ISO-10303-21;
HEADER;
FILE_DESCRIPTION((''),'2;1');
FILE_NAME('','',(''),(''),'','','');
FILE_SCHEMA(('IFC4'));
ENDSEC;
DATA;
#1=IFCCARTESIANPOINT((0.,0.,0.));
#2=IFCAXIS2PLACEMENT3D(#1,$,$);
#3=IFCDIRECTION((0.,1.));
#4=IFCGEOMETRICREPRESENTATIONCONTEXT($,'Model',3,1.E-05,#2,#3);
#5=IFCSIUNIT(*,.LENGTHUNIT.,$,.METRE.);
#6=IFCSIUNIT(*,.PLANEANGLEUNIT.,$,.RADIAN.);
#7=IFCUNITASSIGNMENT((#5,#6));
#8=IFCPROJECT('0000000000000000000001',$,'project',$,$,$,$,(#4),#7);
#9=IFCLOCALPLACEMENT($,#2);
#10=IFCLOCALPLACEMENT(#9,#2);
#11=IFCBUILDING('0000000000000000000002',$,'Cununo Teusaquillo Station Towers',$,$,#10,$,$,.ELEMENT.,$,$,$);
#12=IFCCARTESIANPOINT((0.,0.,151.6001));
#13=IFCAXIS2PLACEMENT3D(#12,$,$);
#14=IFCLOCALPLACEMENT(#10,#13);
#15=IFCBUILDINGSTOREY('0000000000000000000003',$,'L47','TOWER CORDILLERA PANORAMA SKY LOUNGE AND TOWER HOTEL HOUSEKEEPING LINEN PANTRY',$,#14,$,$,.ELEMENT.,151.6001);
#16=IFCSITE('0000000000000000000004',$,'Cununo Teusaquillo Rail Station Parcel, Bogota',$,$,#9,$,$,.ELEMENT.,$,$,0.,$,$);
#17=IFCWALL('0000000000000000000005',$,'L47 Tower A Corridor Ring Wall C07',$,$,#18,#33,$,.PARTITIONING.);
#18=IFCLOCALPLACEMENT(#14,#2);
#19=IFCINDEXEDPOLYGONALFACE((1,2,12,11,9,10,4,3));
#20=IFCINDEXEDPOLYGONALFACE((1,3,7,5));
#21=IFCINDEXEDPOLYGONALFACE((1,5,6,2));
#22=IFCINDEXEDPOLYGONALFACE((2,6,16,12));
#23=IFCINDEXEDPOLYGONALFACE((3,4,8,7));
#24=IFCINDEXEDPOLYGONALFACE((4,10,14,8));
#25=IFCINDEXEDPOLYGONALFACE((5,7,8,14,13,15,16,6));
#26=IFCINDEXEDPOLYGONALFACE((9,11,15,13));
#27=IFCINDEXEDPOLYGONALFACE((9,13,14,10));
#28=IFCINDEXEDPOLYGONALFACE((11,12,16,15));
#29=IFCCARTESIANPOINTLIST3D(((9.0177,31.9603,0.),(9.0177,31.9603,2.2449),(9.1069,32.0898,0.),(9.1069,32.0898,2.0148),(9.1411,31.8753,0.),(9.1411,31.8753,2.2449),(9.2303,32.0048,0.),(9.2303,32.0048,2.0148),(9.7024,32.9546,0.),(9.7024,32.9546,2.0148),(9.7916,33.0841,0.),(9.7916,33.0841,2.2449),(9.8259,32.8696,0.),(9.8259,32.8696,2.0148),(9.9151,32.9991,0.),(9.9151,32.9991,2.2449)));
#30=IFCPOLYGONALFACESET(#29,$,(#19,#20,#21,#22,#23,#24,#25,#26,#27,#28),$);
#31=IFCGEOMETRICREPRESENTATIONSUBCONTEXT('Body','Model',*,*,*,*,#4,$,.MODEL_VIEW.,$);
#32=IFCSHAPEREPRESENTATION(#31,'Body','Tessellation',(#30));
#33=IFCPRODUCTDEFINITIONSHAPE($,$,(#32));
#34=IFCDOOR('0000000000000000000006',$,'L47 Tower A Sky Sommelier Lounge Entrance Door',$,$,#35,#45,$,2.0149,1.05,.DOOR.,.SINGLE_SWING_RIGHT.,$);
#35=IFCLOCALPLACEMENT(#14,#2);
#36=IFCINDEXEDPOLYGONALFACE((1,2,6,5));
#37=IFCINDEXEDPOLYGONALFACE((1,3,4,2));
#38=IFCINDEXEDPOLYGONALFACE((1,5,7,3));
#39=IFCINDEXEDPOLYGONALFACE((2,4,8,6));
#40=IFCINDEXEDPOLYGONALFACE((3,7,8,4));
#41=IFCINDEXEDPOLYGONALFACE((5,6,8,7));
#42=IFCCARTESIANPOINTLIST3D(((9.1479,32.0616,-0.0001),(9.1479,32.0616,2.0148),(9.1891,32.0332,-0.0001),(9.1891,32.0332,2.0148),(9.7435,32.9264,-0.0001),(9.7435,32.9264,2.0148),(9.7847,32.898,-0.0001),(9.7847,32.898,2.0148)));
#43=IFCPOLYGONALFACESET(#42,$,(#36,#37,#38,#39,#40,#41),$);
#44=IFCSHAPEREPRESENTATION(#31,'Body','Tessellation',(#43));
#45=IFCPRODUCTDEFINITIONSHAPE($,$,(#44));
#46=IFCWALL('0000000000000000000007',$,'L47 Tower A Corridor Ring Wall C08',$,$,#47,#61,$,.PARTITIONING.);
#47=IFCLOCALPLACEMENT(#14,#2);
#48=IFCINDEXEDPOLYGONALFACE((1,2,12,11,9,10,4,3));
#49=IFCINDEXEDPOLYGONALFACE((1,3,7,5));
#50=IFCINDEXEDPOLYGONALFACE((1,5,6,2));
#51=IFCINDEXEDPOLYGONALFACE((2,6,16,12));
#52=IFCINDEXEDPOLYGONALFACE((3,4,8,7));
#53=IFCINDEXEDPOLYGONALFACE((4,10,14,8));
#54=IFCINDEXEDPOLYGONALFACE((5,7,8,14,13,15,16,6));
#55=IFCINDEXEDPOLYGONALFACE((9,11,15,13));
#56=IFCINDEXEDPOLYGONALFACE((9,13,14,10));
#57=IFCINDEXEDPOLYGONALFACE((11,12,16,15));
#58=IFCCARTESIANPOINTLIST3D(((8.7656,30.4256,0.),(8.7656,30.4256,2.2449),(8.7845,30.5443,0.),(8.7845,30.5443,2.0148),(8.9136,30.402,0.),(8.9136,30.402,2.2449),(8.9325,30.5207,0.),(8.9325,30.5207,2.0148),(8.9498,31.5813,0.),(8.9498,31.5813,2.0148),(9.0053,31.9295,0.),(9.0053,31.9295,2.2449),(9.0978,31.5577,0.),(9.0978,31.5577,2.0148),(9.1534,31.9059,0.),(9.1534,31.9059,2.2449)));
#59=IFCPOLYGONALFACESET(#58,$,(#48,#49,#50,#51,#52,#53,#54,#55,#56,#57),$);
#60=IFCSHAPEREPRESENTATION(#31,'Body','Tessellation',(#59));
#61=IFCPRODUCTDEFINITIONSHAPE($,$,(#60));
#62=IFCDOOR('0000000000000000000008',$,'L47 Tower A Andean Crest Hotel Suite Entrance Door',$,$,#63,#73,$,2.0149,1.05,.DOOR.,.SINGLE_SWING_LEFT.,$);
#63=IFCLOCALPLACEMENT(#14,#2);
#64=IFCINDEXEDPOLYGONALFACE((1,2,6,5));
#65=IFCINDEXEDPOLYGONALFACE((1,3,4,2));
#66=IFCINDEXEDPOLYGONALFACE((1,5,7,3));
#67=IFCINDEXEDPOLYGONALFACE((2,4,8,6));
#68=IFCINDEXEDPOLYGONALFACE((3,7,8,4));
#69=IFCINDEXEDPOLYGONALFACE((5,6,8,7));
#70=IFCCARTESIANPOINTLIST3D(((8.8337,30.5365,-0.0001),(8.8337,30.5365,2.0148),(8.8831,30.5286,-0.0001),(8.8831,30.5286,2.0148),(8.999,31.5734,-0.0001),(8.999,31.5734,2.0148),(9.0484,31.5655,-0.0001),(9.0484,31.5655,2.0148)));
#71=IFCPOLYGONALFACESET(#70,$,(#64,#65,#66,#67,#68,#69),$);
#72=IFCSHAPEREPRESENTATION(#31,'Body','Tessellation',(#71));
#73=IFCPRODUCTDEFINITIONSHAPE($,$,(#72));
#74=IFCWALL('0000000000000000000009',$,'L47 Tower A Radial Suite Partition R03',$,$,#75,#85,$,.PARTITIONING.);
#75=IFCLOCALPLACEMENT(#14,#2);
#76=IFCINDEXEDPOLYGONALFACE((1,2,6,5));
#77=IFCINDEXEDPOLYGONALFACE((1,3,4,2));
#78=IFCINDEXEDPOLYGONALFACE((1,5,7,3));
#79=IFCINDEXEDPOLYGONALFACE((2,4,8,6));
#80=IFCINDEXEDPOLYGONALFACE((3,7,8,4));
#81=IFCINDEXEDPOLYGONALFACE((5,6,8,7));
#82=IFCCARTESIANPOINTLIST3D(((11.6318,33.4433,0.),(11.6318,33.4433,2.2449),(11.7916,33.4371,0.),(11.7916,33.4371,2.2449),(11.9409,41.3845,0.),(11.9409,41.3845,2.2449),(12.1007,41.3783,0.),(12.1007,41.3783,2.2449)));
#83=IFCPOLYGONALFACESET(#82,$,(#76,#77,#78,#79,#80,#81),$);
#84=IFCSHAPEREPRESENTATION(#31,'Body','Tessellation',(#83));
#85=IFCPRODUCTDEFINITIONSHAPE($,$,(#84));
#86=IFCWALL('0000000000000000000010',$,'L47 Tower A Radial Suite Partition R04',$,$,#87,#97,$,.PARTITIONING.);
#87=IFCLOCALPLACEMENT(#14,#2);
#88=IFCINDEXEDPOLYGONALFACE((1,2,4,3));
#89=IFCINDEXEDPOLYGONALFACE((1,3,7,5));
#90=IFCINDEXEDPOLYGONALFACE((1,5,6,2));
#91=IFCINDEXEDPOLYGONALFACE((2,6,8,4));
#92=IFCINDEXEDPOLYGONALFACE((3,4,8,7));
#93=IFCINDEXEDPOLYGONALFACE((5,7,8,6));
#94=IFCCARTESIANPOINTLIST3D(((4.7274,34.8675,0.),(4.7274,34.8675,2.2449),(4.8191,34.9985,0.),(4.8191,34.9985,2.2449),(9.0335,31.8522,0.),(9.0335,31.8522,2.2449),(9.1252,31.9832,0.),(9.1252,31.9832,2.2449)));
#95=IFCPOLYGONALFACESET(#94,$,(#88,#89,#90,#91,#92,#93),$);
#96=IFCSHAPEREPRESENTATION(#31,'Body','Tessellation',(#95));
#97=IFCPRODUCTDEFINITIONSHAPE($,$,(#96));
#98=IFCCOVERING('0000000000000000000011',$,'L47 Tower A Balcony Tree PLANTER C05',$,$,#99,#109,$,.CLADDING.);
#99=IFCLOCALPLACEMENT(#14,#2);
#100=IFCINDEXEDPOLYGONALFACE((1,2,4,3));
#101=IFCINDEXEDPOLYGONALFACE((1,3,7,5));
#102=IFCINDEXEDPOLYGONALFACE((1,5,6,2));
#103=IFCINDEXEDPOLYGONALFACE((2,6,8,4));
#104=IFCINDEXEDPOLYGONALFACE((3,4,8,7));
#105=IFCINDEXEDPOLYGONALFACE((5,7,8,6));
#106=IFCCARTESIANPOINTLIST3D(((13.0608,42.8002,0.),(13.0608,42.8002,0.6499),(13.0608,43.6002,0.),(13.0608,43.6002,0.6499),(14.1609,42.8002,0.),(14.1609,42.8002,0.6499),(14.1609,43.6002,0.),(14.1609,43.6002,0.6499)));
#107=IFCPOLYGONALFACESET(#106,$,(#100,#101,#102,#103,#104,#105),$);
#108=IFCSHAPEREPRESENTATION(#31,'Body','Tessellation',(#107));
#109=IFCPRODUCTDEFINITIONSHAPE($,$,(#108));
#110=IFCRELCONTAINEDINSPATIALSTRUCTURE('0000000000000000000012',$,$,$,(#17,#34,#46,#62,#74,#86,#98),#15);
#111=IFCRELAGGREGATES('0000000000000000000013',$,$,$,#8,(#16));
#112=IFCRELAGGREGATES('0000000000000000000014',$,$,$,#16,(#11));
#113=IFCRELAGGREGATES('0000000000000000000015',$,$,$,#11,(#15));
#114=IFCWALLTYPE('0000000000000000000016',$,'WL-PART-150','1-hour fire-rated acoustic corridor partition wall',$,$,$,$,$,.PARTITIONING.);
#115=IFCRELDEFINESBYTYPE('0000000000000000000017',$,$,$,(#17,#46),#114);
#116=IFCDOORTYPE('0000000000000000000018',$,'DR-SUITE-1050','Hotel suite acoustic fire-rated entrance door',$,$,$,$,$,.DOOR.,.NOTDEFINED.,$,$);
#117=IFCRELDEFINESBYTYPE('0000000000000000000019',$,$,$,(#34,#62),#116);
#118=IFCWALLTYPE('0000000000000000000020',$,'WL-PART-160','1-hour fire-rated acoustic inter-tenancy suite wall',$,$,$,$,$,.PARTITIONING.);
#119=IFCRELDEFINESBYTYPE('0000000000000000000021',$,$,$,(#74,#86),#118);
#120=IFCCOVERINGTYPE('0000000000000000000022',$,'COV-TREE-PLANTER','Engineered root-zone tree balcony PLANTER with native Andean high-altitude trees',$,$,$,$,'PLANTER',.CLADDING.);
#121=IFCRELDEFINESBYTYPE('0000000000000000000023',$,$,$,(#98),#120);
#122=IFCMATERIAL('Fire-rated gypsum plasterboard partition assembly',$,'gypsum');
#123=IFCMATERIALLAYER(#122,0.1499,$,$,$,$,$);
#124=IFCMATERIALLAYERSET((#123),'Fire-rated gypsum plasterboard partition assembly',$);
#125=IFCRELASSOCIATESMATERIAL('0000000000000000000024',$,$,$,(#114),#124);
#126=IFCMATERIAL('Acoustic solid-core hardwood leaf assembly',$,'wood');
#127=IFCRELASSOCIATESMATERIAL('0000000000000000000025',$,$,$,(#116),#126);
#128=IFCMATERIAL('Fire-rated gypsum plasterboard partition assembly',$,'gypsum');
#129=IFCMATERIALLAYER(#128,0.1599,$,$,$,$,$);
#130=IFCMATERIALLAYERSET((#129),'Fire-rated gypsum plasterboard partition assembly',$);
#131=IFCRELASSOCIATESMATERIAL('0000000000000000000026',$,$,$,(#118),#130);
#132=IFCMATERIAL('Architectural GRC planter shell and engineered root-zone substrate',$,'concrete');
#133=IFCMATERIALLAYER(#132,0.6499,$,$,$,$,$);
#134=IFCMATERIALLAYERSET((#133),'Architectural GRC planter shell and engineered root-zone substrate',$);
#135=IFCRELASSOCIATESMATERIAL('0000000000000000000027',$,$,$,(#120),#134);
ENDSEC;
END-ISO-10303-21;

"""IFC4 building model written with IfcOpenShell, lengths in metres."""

from ifc_helpers import new_model, si_unit, direction, frame, frame_2d, origin, origin_2d, place, context, subcontext, project, spatial, rectangle, extrude, source, transform, mapped, material, layer, layer_set, type_object, element, fill, save


model = new_model("IFC4")

# Units and contexts
model_context = context("Model", 3, precision=1e-05, world=origin(), true_north=direction((0.0, 1.0)))
body_context = subcontext(model_context, "Body", "Model", "MODEL_VIEW")
ifc_project = project(units=[si_unit("LENGTHUNIT", "METRE"), si_unit("PLANEANGLEUNIT", "RADIAN")], contexts=[model_context])

# Site, building, storey
site_placement = place(None, origin())
site = spatial("IfcSite", under=ifc_project, at=site_placement, Name="Cununo Teusaquillo Rail Station Parcel, Bogota", CompositionType="ELEMENT", RefElevation=0.0)
building_placement = place(site_placement, origin())
building = spatial("IfcBuilding", under=site, at=building_placement, Name="Cununo Teusaquillo Station Towers", CompositionType="ELEMENT")
storey_placement = place(building_placement, frame((0.0, 0.0, 151.6001)))
storey = spatial("IfcBuildingStorey", under=building, at=storey_placement, Name="L47", Description="TOWER CORDILLERA PANORAMA SKY LOUNGE AND TOWER HOTEL HOUSEKEEPING LINEN PANTRY", CompositionType="ELEMENT", Elevation=151.6001)

# Shared definitions
ifc_material_1 = material(Name="Fire-rated gypsum plasterboard partition assembly", Category="gypsum")
ifc_layer_1 = layer(ifc_material_1, 0.1499)
ifc_layer_set_1 = layer_set([ifc_layer_1], Name="Fire-rated gypsum plasterboard partition assembly")
wall_type_1 = type_object("IfcWallType", Name="WL-PART-150", Description="1-hour fire-rated acoustic corridor partition wall", PredefinedType="PARTITIONING", material=ifc_layer_set_1)

# Walls, openings, doors
wall_1_placement = place(storey_placement, frame((9.8533, 33.0415, 0.0), z_axis=(0.0, 0.0, 1.0), x_axis=(-0.567189, -0.823587, 0.0)))
wall_1 = element("IfcWall", 1, at=wall_1_placement, inside=storey, type_object=wall_type_1, Name="L47 Tower A Corridor Ring Wall C07", PredefinedType="PARTITIONING", context=body_context, shape_type="SweptSolid", body=[
    extrude(rectangle(XDim=1.3645, YDim=0.1499, at=frame_2d((0.6821, 0.0))), origin(), (0.0, 0.0, 1.0), 2.2449),
])
shared_shape_1 = source(origin(), body_context, "Body", "SweptSolid", [
    extrude(rectangle(XDim=1.05, YDim=2.0149, at=frame_2d((0.5249, 1.0073))), frame((0.0, 0.085, 0.0), z_axis=(0.0, -1.0, 0.0), x_axis=(1.0, 0.0, 0.0)), (0.0, 0.0, 1.0), 0.1699),
])
opening_1_placement = place(wall_1_placement, frame((0.1572, 0.0, 0.0)))
opening_1 = element("IfcOpeningElement", 2, at=opening_1_placement, cuts=wall_1, PredefinedType="OPENING", context=body_context, shape_type="MappedRepresentation", body=[
    mapped(shared_shape_1, transform((0.0, 0.0, 0.0), x_axis=(1.0, 0.0, 0.0), y_axis=(0.0, 1.0, 0.0), z_axis=(0.0, 0.0, 1.0), scale=1.0)),
])
ifc_material_2 = material(Name="Acoustic solid-core hardwood leaf assembly", Category="wood")
door_type_1 = type_object("IfcDoorType", Name="DR-SUITE-1050", Description="Hotel suite acoustic fire-rated entrance door", OperationType="NOTDEFINED", PredefinedType="DOOR", material=ifc_material_2)
shared_shape_2 = source(origin(), body_context, "Body", "SweptSolid", [
    extrude(rectangle(XDim=1.05, YDim=2.0149, at=frame_2d((0.5249, 1.0073))), frame((0.0, 0.0249, 0.0), z_axis=(0.0, -1.0, 0.0), x_axis=(1.0, 0.0, 0.0)), (0.0, 0.0, 1.0), 0.05),
])
door_1_placement = place(opening_1_placement, origin())
door_1 = element("IfcDoor", 3, at=door_1_placement, inside=storey, type_object=door_type_1, Name="L47 Tower A Sky Sommelier Lounge Entrance Door", OperationType="SINGLE_SWING_RIGHT", OverallHeight=2.0149, OverallWidth=1.05, PredefinedType="DOOR", context=body_context, shape_type="MappedRepresentation", body=[
    mapped(shared_shape_2, transform((0.0, 0.0, 0.0), x_axis=(1.0, 0.0, 0.0), y_axis=(0.0, 1.0, 0.0), z_axis=(0.0, 0.0, 1.0), scale=1.0)),
])
fill(opening_1, door_1)
wall_2_placement = place(storey_placement, frame((9.0793, 31.9177, 0.0), z_axis=(0.0, 0.0, 1.0), x_axis=(-0.157428, -0.987531, 0.0)))
wall_2 = element("IfcWall", 4, at=wall_2_placement, inside=storey, type_object=wall_type_1, Name="L47 Tower A Corridor Ring Wall C08", PredefinedType="PARTITIONING", context=body_context, shape_type="SweptSolid", body=[
    extrude(rectangle(XDim=1.5229, YDim=0.1499, at=frame_2d((0.7615, 0.0))), origin(), (0.0, 0.0, 1.0), 2.2449),
])
opening_2_placement = place(wall_2_placement, frame((0.3528, 0.0, 0.0)))
opening_2 = element("IfcOpeningElement", 5, at=opening_2_placement, cuts=wall_2, PredefinedType="OPENING", context=body_context, shape_type="MappedRepresentation", body=[
    mapped(shared_shape_1, transform((0.0, 0.0, 0.0), x_axis=(1.0, 0.0, 0.0), y_axis=(0.0, 1.0, 0.0), z_axis=(0.0, 0.0, 1.0), scale=1.0)),
])
door_2_placement = place(opening_2_placement, origin())
door_2 = element("IfcDoor", 6, at=door_2_placement, inside=storey, type_object=door_type_1, Name="L47 Tower A Andean Crest Hotel Suite Entrance Door", OperationType="SINGLE_SWING_LEFT", OverallHeight=2.0149, OverallWidth=1.05, PredefinedType="DOOR", context=body_context, shape_type="MappedRepresentation", body=[
    mapped(shared_shape_2, transform((0.0, 0.0, 0.0), x_axis=(1.0, 0.0, 0.0), y_axis=(0.0, 1.0, 0.0), z_axis=(0.0, 0.0, 1.0), scale=1.0)),
])
fill(opening_2, door_2)

# Walls
ifc_material_3 = material(Name="Fire-rated gypsum plasterboard partition assembly", Category="gypsum")
ifc_layer_2 = layer(ifc_material_3, 0.1599)
ifc_layer_set_2 = layer_set([ifc_layer_2], Name="Fire-rated gypsum plasterboard partition assembly")
wall_type_2 = type_object("IfcWallType", Name="WL-PART-160", Description="1-hour fire-rated acoustic inter-tenancy suite wall", PredefinedType="PARTITIONING", material=ifc_layer_set_2)
wall_3_placement = place(storey_placement, frame((11.7117, 33.4402, 0.0), z_axis=(0.0, 0.0, 1.0), x_axis=(0.038892, 0.999243, 0.0)))
element("IfcWall", 7, at=wall_3_placement, inside=storey, type_object=wall_type_2, Name="L47 Tower A Radial Suite Partition R03", PredefinedType="PARTITIONING", context=body_context, shape_type="SweptSolid", body=[
    extrude(rectangle(XDim=7.9473, YDim=0.1599, at=frame_2d((3.9736, 0.0))), origin(), (0.0, 0.0, 1.0), 2.2449),
])
wall_4_placement = place(storey_placement, frame((9.0793, 31.9177, 0.0), z_axis=(0.0, 0.0, 1.0), x_axis=(-0.819136, 0.573599, 0.0)))
element("IfcWall", 8, at=wall_4_placement, inside=storey, type_object=wall_type_2, Name="L47 Tower A Radial Suite Partition R04", PredefinedType="PARTITIONING", context=body_context, shape_type="SweptSolid", body=[
    extrude(rectangle(XDim=5.2568, YDim=0.1599, at=frame_2d((2.6284, 0.0))), origin(), (0.0, 0.0, 1.0), 2.2449),
])

# Covering
ifc_material_4 = material(Name="Architectural GRC planter shell and engineered root-zone substrate", Category="concrete")
ifc_layer_3 = layer(ifc_material_4, 0.6499)
ifc_layer_set_3 = layer_set([ifc_layer_3], Name="Architectural GRC planter shell and engineered root-zone substrate")
covering_type = type_object("IfcCoveringType", Name="COV-TREE-PLANTER", Description="Engineered root-zone tree balcony PLANTER with native Andean high-altitude trees", ElementType="PLANTER", PredefinedType="CLADDING", material=ifc_layer_set_3)
shared_shape_3 = source(origin(), body_context, "Body", "SweptSolid", [
    extrude(rectangle(XDim=1.1001, YDim=0.8, at=origin_2d()), origin(), (0.0, 0.0, 1.0), 0.6499),
])
covering_placement = place(storey_placement, frame((13.6108, 43.2002, 0.0), z_axis=(0.0, 0.0, 1.0), x_axis=(1.0, 0.0, 0.0)))
element("IfcCovering", 9, at=covering_placement, inside=storey, type_object=covering_type, Name="L47 Tower A Balcony Tree PLANTER C05", PredefinedType="CLADDING", context=body_context, shape_type="MappedRepresentation", body=[
    mapped(shared_shape_3, transform((0.0, 0.0, 0.0), x_axis=(1.0, 0.0, 0.0), y_axis=(0.0, 1.0, 0.0), z_axis=(0.0, 0.0, 1.0), scale=1.0)),
])

save(model, "model.ifc")
